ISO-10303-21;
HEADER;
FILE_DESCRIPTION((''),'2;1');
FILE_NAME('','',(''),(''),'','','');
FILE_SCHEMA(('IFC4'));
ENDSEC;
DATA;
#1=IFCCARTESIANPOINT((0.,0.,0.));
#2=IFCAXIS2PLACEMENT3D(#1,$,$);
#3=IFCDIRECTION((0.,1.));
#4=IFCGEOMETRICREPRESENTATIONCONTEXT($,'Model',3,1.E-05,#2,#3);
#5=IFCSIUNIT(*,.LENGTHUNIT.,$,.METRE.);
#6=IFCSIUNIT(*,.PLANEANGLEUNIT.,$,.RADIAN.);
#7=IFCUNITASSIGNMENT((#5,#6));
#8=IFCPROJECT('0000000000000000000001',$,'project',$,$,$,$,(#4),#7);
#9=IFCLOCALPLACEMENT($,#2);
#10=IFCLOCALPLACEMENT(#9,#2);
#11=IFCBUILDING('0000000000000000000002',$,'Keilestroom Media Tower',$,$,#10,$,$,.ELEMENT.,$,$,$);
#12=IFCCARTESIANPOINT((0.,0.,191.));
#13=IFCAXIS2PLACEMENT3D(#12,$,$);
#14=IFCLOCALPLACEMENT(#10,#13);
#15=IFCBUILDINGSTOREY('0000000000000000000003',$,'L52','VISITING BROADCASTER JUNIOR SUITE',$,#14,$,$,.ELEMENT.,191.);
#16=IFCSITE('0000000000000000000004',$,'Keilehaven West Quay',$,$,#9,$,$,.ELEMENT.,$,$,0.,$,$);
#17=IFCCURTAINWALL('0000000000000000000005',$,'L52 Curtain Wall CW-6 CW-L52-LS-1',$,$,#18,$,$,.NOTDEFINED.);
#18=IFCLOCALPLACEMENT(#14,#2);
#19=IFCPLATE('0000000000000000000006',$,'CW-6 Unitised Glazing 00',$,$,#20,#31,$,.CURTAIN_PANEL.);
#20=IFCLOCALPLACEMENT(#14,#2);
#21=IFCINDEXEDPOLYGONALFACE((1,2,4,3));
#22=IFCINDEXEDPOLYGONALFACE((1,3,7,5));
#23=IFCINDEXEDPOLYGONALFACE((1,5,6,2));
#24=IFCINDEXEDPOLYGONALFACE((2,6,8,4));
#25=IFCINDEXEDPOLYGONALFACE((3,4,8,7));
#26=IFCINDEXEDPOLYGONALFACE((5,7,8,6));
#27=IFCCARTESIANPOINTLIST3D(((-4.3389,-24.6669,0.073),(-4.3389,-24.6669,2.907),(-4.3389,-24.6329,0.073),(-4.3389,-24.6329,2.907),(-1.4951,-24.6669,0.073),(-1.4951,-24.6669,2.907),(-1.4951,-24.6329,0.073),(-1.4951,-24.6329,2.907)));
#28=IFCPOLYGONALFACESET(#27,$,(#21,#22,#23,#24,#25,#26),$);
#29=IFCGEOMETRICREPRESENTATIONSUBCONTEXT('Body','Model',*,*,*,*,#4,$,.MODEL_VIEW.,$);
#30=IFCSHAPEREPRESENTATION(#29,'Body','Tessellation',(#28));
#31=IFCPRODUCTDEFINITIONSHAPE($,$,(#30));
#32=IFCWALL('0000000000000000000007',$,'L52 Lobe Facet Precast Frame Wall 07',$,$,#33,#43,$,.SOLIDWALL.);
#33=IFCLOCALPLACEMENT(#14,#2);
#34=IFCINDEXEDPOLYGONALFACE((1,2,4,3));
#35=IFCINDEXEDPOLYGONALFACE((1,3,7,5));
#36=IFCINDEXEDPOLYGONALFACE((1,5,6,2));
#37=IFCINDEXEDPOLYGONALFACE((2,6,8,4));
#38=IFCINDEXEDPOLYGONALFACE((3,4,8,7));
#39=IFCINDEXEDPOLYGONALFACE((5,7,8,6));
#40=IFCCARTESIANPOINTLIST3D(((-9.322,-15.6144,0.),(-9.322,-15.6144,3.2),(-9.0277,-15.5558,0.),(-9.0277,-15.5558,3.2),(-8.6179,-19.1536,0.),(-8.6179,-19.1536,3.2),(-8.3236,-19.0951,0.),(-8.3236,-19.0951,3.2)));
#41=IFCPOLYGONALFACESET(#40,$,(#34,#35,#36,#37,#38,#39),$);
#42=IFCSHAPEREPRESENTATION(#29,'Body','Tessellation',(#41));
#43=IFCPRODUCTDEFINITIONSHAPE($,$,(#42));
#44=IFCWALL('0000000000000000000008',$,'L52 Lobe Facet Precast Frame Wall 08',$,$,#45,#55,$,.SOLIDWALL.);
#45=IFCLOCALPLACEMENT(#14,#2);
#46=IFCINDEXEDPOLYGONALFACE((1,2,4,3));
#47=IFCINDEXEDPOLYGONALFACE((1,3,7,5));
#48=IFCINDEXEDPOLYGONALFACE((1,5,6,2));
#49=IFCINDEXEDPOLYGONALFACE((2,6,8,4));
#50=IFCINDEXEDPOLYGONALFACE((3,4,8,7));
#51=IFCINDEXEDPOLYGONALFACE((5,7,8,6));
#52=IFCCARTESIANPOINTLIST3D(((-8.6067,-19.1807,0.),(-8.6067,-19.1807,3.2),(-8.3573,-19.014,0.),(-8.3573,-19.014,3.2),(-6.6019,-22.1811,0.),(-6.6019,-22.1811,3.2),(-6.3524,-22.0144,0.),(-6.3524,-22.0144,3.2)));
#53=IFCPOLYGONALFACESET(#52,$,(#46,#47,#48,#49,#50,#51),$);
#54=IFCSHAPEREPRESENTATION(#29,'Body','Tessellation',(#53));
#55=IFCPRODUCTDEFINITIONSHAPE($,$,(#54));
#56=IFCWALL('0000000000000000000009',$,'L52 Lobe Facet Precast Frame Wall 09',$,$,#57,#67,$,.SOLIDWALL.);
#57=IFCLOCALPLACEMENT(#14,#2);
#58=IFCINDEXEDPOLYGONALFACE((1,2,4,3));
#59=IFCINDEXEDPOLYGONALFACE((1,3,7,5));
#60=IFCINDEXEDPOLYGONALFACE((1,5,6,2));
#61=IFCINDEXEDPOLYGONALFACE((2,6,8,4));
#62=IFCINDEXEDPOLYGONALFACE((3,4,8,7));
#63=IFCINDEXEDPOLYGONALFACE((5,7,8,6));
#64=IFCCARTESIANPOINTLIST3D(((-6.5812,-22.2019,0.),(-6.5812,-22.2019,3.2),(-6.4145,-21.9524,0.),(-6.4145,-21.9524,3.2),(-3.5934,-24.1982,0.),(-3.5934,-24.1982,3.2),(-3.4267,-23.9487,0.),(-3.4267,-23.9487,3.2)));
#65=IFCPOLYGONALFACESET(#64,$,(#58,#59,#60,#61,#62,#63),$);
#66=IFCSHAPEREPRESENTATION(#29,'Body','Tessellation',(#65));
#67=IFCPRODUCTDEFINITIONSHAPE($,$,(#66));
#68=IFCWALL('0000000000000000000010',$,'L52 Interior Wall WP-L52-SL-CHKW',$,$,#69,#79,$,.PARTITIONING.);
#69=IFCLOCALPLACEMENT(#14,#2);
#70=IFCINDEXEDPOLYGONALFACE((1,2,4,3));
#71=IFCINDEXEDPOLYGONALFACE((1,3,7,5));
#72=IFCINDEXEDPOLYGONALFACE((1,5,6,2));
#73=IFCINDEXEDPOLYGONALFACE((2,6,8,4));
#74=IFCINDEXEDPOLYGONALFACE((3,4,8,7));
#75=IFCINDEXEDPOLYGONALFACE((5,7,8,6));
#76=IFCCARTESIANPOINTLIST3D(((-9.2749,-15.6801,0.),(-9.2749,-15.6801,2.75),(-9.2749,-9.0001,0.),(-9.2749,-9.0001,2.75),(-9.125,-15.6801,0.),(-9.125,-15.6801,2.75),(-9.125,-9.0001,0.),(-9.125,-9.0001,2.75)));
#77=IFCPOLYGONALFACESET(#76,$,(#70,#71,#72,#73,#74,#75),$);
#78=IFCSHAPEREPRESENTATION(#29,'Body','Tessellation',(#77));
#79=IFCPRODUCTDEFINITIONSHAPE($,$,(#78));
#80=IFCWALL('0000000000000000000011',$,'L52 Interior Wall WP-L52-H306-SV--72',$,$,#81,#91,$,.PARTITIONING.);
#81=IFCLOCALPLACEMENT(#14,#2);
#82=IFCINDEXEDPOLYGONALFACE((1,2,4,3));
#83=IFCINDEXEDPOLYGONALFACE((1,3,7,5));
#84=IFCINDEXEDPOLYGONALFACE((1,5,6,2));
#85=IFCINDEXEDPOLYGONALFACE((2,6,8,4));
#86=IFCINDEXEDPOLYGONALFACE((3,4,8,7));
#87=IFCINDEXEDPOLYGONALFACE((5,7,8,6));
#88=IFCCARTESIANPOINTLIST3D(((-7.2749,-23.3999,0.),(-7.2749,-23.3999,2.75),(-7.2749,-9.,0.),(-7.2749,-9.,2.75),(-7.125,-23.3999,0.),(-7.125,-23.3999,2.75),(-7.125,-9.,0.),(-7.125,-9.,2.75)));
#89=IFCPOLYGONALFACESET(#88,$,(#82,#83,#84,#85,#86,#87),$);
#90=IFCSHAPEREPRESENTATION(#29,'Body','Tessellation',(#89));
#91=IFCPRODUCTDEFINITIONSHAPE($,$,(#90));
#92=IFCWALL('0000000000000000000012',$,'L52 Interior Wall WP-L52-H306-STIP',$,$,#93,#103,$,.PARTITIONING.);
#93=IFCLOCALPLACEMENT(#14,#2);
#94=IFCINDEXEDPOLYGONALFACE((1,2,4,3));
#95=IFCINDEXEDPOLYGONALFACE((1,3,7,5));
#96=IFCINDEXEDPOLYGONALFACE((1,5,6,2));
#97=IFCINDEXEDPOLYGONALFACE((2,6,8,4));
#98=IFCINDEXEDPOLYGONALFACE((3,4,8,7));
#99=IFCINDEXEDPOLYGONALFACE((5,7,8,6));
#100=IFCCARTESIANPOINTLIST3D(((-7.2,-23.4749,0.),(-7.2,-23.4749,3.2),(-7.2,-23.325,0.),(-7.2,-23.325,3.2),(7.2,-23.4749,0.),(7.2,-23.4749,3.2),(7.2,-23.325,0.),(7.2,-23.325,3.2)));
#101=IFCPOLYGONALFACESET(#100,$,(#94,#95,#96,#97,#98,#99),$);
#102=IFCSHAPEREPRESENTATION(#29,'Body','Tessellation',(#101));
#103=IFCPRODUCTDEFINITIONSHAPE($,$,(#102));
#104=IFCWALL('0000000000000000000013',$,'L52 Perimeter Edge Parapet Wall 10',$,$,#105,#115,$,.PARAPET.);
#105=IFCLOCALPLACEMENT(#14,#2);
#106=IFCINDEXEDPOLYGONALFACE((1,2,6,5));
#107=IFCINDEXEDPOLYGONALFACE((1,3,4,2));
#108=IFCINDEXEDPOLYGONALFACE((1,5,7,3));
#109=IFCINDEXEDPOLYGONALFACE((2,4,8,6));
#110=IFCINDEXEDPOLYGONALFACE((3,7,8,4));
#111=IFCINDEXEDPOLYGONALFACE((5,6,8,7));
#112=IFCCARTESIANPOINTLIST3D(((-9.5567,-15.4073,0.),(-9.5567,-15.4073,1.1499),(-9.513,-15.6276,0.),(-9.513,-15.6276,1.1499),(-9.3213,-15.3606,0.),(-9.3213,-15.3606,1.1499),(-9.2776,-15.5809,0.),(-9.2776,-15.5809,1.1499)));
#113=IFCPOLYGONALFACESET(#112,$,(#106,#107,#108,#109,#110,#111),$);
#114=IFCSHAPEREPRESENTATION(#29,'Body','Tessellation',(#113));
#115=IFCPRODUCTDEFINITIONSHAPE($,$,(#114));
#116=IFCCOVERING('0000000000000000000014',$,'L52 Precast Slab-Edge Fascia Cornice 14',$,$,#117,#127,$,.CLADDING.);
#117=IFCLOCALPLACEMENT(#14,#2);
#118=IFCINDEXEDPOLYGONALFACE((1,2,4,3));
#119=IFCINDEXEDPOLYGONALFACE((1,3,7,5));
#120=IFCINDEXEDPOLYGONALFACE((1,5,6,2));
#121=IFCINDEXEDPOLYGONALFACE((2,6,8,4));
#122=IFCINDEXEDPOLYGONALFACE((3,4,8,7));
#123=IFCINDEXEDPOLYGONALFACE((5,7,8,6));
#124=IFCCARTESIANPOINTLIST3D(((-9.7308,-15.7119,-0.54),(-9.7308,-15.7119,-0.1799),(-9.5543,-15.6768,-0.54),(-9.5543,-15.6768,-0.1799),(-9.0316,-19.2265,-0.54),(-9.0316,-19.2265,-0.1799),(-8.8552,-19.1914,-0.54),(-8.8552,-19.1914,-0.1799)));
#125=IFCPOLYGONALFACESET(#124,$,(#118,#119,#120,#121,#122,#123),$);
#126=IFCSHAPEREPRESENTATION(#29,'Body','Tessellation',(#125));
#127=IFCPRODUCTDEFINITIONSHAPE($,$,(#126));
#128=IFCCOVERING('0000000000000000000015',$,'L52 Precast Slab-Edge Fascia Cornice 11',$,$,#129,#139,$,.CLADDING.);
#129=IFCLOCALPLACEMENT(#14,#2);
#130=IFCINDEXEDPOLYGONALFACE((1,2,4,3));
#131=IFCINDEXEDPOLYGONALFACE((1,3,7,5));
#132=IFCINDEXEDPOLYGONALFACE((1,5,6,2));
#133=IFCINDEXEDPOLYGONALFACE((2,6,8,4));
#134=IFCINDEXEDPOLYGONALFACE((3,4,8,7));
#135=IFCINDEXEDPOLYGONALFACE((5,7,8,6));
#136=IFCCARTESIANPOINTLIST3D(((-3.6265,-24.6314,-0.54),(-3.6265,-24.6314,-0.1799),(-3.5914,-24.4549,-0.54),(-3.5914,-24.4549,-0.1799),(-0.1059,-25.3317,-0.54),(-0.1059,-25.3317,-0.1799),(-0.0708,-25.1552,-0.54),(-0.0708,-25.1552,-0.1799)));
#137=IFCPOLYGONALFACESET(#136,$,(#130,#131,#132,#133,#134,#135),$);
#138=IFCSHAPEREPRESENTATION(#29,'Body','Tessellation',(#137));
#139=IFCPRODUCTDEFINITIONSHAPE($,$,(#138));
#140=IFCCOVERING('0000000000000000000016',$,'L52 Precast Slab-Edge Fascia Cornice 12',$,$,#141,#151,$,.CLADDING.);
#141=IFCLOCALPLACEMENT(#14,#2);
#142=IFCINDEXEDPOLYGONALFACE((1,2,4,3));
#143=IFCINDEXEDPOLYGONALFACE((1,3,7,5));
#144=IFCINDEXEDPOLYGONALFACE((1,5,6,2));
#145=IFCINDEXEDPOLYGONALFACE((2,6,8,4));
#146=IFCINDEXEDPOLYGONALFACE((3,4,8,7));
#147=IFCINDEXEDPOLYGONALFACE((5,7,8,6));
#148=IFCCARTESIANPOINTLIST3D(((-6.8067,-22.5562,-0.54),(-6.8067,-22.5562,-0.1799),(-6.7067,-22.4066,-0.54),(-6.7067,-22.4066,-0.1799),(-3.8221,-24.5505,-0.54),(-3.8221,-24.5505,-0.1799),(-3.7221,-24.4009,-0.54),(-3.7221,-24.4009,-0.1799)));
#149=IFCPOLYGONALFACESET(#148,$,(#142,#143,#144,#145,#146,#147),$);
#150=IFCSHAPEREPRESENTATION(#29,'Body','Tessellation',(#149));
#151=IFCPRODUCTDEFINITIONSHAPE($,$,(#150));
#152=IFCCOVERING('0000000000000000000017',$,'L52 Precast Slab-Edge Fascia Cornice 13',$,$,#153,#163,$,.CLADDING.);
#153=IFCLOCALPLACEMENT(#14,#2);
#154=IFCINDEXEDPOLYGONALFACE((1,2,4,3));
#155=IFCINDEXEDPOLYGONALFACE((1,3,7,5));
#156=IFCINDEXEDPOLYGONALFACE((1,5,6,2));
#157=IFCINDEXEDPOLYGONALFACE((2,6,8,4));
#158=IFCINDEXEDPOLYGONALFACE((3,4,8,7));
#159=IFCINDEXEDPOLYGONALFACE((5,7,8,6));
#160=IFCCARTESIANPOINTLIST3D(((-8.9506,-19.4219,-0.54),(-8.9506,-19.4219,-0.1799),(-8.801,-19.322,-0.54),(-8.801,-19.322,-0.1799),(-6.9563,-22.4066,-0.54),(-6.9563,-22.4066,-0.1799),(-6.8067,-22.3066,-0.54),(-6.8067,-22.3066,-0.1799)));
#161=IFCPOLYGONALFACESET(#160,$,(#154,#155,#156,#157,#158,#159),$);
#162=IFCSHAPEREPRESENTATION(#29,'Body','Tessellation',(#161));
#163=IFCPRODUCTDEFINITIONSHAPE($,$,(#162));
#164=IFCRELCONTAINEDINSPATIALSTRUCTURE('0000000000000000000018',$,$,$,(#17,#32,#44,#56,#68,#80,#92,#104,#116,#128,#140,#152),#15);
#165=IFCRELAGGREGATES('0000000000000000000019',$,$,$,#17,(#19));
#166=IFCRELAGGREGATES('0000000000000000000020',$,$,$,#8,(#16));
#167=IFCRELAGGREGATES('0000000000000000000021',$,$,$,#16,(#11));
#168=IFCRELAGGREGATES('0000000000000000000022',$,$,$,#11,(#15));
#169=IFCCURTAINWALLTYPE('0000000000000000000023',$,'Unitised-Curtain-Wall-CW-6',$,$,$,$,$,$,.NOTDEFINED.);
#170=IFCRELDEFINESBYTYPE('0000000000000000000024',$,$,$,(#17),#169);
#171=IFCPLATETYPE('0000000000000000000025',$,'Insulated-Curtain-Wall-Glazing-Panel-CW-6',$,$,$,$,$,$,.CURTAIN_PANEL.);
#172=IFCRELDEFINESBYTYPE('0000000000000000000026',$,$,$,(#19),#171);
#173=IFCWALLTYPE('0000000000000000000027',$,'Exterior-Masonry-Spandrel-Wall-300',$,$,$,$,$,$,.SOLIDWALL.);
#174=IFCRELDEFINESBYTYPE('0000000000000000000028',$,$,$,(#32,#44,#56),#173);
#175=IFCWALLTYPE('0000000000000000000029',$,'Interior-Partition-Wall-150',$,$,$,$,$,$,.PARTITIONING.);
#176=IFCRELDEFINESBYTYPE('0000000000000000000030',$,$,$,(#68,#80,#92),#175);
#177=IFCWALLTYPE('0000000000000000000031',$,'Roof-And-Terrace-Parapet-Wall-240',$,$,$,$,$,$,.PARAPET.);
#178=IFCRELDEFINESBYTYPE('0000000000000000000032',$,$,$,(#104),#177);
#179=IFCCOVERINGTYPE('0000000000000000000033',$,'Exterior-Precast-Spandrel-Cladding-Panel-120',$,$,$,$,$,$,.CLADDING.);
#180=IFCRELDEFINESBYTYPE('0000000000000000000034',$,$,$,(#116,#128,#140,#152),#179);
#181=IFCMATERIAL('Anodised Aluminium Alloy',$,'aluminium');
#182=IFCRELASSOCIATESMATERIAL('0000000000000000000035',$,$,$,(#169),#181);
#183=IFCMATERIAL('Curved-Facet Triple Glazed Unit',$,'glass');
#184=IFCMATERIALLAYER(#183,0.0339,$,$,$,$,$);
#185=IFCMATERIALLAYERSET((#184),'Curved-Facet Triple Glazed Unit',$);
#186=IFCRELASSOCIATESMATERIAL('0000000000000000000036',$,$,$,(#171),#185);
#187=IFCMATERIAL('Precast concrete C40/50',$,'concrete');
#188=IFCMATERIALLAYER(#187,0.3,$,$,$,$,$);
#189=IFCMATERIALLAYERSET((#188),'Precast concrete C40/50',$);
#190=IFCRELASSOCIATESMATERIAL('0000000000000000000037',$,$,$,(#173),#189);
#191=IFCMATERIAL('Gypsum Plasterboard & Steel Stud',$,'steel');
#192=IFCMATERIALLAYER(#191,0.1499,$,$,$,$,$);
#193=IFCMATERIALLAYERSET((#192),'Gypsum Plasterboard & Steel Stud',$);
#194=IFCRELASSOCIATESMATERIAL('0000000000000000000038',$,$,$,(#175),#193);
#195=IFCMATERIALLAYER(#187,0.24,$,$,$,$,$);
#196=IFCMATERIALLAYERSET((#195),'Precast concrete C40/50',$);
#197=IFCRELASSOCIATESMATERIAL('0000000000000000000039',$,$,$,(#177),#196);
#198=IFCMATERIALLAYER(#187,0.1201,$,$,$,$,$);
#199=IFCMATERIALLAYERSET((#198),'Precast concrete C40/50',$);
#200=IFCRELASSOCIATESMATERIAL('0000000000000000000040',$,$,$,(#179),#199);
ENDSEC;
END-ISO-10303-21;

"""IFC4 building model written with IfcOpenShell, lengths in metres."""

from ifc_helpers import new_model, si_unit, direction, frame, frame_2d, origin, origin_2d, place, context, subcontext, project, spatial, rectangle, extrude, source, transform, mapped, material, layer, layer_set, type_object, element, aggregate, save


model = new_model("IFC4")

# Units and contexts
model_context = context("Model", 3, precision=1e-05, world=origin(), true_north=direction((0.0, 1.0)))
body_context = subcontext(model_context, "Body", "Model", "MODEL_VIEW")
ifc_project = project(units=[si_unit("LENGTHUNIT", "METRE"), si_unit("PLANEANGLEUNIT", "RADIAN")], contexts=[model_context])

# Site, building, storey
site_placement = place(None, origin())
site = spatial("IfcSite", under=ifc_project, at=site_placement, Name="Keilehaven West Quay", CompositionType="ELEMENT", RefElevation=0.0)
building_placement = place(site_placement, origin())
building = spatial("IfcBuilding", under=site, at=building_placement, Name="Keilestroom Media Tower", CompositionType="ELEMENT")
storey_placement = place(building_placement, frame((0.0, 0.0, 191.0)))
storey = spatial("IfcBuildingStorey", under=building, at=storey_placement, Name="L52", Description="VISITING BROADCASTER JUNIOR SUITE", CompositionType="ELEMENT", Elevation=191.0)

# Curtain wall, plate
ifc_material_1 = material(Name="Anodised Aluminium Alloy", Category="aluminium")
curtain_wall_type = type_object("IfcCurtainWallType", Name="Unitised-Curtain-Wall-CW-6", PredefinedType="NOTDEFINED", material=ifc_material_1)
curtain_wall_placement = place(storey_placement, origin())
curtain_wall = element("IfcCurtainWall", 1, at=curtain_wall_placement, inside=storey, type_object=curtain_wall_type, Name="L52 Curtain Wall CW-6 CW-L52-LS-1", PredefinedType="NOTDEFINED")
ifc_material_2 = material(Name="Curved-Facet Triple Glazed Unit", Category="glass")
ifc_layer_1 = layer(ifc_material_2, 0.0339)
ifc_layer_set_1 = layer_set([ifc_layer_1], Name="Curved-Facet Triple Glazed Unit")
plate_type = type_object("IfcPlateType", Name="Insulated-Curtain-Wall-Glazing-Panel-CW-6", PredefinedType="CURTAIN_PANEL", material=ifc_layer_set_1)
shared_shape_1 = source(origin(), body_context, "Body", "SweptSolid", [
    extrude(rectangle(XDim=2.8438, YDim=0.0339, at=origin_2d()), origin(), (0.0, 0.0, 1.0), 2.834),
])
plate_placement = place(storey_placement, frame((-2.917, -24.6499, 0.073), z_axis=(0.0, 0.0, 1.0), x_axis=(1.0, 0.0, 0.0)))
plate = element("IfcPlate", 2, at=plate_placement, type_object=plate_type, Name="CW-6 Unitised Glazing 00", PredefinedType="CURTAIN_PANEL", context=body_context, shape_type="MappedRepresentation", body=[
    mapped(shared_shape_1, transform((0.0, 0.0, 0.0), x_axis=(1.0, 0.0, 0.0), y_axis=(0.0, 1.0, 0.0), z_axis=(0.0, 0.0, 1.0), scale=1.0)),
])
aggregate(curtain_wall, [plate])

# Walls
ifc_material_3 = material(Name="Precast concrete C40/50", Category="concrete")
ifc_layer_2 = layer(ifc_material_3, 0.3)
ifc_layer_set_2 = layer_set([ifc_layer_2], Name="Precast concrete C40/50")
wall_type_1 = type_object("IfcWallType", Name="Exterior-Masonry-Spandrel-Wall-300", PredefinedType="SOLIDWALL", material=ifc_layer_set_2)
for number, where, z_axis, x_axis, name in (
    (3, (-9.1748, -15.5852, 0.0), (0.0, 0.0, 1.0), (0.195114, -0.980781, 0.0), "L52 Lobe Facet Precast Frame Wall 07"),
    (4, (-8.4819, -19.0974, 0.0), (0.0, 0.0, 1.0), (0.555574, -0.831467, 0.0), "L52 Lobe Facet Precast Frame Wall 08"),
):
    element("IfcWall", number, at=place(storey_placement, frame(where, z_axis=z_axis, x_axis=x_axis)), inside=storey, type_object=wall_type_1, Name=name, PredefinedType="SOLIDWALL", context=body_context, shape_type="SweptSolid", body=[
        extrude(rectangle(XDim=3.6086, YDim=0.3, at=frame_2d((1.8042, 0.0))), origin(), (0.0, 0.0, 1.0), 3.2),
    ])
wall_1_placement = place(storey_placement, frame((-6.4978, -22.0771, 0.0), z_axis=(0.0, 0.0, 1.0), x_axis=(0.831475, -0.555562, 0.0)))
element("IfcWall", 5, at=wall_1_placement, inside=storey, type_object=wall_type_1, Name="L52 Lobe Facet Precast Frame Wall 09", PredefinedType="SOLIDWALL", context=body_context, shape_type="SweptSolid", body=[
    extrude(rectangle(XDim=3.5933, YDim=0.3, at=frame_2d((1.7966, 0.0))), origin(), (0.0, 0.0, 1.0), 3.2),
])
ifc_material_4 = material(Name="Gypsum Plasterboard & Steel Stud", Category="steel")
ifc_layer_3 = layer(ifc_material_4, 0.1499)
ifc_layer_set_3 = layer_set([ifc_layer_3], Name="Gypsum Plasterboard & Steel Stud")
wall_type_2 = type_object("IfcWallType", Name="Interior-Partition-Wall-150", PredefinedType="PARTITIONING", material=ifc_layer_set_3)
wall_2_placement = place(storey_placement, frame((-9.2, -15.6799, 0.0), z_axis=(0.0, 0.0, 1.0), x_axis=(0.0, 1.0, 0.0)))
element("IfcWall", 6, at=wall_2_placement, inside=storey, type_object=wall_type_2, Name="L52 Interior Wall WP-L52-SL-CHKW", PredefinedType="PARTITIONING", context=body_context, shape_type="SweptSolid", body=[
    extrude(rectangle(XDim=6.6799, YDim=0.1499, at=frame_2d((3.3398, 0.0))), origin(), (0.0, 0.0, 1.0), 2.75),
])
wall_3_placement = place(storey_placement, frame((-7.2, -23.3999, 0.0), z_axis=(0.0, 0.0, 1.0), x_axis=(0.0, 1.0, 0.0)))
element("IfcWall", 7, at=wall_3_placement, inside=storey, type_object=wall_type_2, Name="L52 Interior Wall WP-L52-H306-SV--72", PredefinedType="PARTITIONING", context=body_context, shape_type="SweptSolid", body=[
    extrude(rectangle(XDim=14.3999, YDim=0.1499, at=frame_2d((7.2, 0.0))), origin(), (0.0, 0.0, 1.0), 2.75),
])
wall_4_placement = place(storey_placement, frame((-7.2, -23.3999, 0.0), z_axis=(0.0, 0.0, 1.0), x_axis=(1.0, 0.0, 0.0)))
element("IfcWall", 8, at=wall_4_placement, inside=storey, type_object=wall_type_2, Name="L52 Interior Wall WP-L52-H306-STIP", PredefinedType="PARTITIONING", context=body_context, shape_type="SweptSolid", body=[
    extrude(rectangle(XDim=14.3999, YDim=0.1499, at=frame_2d((7.2, 0.0))), origin(), (0.0, 0.0, 1.0), 3.2),
])
ifc_layer_4 = layer(ifc_material_3, 0.24)
ifc_layer_set_4 = layer_set([ifc_layer_4], Name="Precast concrete C40/50")
wall_type_3 = type_object("IfcWallType", Name="Roof-And-Terrace-Parapet-Wall-240", PredefinedType="PARAPET", material=ifc_layer_set_4)
wall_5_placement = place(storey_placement, frame((-9.3953, -15.6042, 0.0), z_axis=(0.0, 0.0, 1.0), x_axis=(-0.194652, 0.980872, 0.0)))
element("IfcWall", 9, at=wall_5_placement, inside=storey, type_object=wall_type_3, Name="L52 Perimeter Edge Parapet Wall 10", PredefinedType="PARAPET", context=body_context, shape_type="SweptSolid", body=[
    extrude(rectangle(XDim=0.2246, YDim=0.24, at=frame_2d((0.1123, 0.0))), origin(), (0.0, 0.0, 1.0), 1.1499),
])

# Coverings
ifc_layer_5 = layer(ifc_material_3, 0.1201)
ifc_layer_set_5 = layer_set([ifc_layer_5], Name="Precast concrete C40/50")
covering_type = type_object("IfcCoveringType", Name="Exterior-Precast-Spandrel-Cladding-Panel-120", PredefinedType="CLADDING", material=ifc_layer_set_5)
shared_shape_2 = source(origin(), body_context, "Body", "SweptSolid", [
    extrude(rectangle(XDim=3.5835, YDim=0.1799, at=origin_2d()), origin(), (0.0, 0.0, 1.0), 0.3601),
])
covering_placement = place(storey_placement, frame((-9.293, -17.4517, -0.54), z_axis=(0.0, 0.0, 1.0), x_axis=(-0.195099, 0.980784, 0.0)))
element("IfcCovering", 10, at=covering_placement, inside=storey, type_object=covering_type, Name="L52 Precast Slab-Edge Fascia Cornice 14", PredefinedType="CLADDING", context=body_context, shape_type="MappedRepresentation", body=[
    mapped(shared_shape_2, transform((0.0, 0.0, 0.0), x_axis=(1.0, 0.0, 0.0), y_axis=(0.0, 1.0, 0.0), z_axis=(0.0, 0.0, 1.0), scale=1.0)),
])
shared_shape_3 = source(origin(), body_context, "Body", "SweptSolid", [
    extrude(rectangle(XDim=3.5896, YDim=0.1799, at=origin_2d()), origin(), (0.0, 0.0, 1.0), 0.3601),
])
for number, where, z_axis, x_axis, name in (
    (11, (-1.8486, -24.8933, -0.54), (0.0, 0.0, 1.0), (-0.980784, 0.195099, 0.0), "L52 Precast Slab-Edge Fascia Cornice 11"),
    (12, (-5.2644, -23.4785, -0.54), (0.0, 0.0, 1.0), (-0.831467, 0.555575, 0.0), "L52 Precast Slab-Edge Fascia Cornice 12"),
    (13, (-7.8787, -20.8643, -0.54), (0.0, 0.0, 1.0), (-0.555575, 0.831467, 0.0), "L52 Precast Slab-Edge Fascia Cornice 13"),
):
    element("IfcCovering", number, at=place(storey_placement, frame(where, z_axis=z_axis, x_axis=x_axis)), inside=storey, type_object=covering_type, Name=name, PredefinedType="CLADDING", context=body_context, shape_type="MappedRepresentation", body=[
        mapped(shared_shape_3, transform((0.0, 0.0, 0.0), x_axis=(1.0, 0.0, 0.0), y_axis=(0.0, 1.0, 0.0), z_axis=(0.0, 0.0, 1.0), scale=1.0)),
    ])

save(model, "model.ifc")
